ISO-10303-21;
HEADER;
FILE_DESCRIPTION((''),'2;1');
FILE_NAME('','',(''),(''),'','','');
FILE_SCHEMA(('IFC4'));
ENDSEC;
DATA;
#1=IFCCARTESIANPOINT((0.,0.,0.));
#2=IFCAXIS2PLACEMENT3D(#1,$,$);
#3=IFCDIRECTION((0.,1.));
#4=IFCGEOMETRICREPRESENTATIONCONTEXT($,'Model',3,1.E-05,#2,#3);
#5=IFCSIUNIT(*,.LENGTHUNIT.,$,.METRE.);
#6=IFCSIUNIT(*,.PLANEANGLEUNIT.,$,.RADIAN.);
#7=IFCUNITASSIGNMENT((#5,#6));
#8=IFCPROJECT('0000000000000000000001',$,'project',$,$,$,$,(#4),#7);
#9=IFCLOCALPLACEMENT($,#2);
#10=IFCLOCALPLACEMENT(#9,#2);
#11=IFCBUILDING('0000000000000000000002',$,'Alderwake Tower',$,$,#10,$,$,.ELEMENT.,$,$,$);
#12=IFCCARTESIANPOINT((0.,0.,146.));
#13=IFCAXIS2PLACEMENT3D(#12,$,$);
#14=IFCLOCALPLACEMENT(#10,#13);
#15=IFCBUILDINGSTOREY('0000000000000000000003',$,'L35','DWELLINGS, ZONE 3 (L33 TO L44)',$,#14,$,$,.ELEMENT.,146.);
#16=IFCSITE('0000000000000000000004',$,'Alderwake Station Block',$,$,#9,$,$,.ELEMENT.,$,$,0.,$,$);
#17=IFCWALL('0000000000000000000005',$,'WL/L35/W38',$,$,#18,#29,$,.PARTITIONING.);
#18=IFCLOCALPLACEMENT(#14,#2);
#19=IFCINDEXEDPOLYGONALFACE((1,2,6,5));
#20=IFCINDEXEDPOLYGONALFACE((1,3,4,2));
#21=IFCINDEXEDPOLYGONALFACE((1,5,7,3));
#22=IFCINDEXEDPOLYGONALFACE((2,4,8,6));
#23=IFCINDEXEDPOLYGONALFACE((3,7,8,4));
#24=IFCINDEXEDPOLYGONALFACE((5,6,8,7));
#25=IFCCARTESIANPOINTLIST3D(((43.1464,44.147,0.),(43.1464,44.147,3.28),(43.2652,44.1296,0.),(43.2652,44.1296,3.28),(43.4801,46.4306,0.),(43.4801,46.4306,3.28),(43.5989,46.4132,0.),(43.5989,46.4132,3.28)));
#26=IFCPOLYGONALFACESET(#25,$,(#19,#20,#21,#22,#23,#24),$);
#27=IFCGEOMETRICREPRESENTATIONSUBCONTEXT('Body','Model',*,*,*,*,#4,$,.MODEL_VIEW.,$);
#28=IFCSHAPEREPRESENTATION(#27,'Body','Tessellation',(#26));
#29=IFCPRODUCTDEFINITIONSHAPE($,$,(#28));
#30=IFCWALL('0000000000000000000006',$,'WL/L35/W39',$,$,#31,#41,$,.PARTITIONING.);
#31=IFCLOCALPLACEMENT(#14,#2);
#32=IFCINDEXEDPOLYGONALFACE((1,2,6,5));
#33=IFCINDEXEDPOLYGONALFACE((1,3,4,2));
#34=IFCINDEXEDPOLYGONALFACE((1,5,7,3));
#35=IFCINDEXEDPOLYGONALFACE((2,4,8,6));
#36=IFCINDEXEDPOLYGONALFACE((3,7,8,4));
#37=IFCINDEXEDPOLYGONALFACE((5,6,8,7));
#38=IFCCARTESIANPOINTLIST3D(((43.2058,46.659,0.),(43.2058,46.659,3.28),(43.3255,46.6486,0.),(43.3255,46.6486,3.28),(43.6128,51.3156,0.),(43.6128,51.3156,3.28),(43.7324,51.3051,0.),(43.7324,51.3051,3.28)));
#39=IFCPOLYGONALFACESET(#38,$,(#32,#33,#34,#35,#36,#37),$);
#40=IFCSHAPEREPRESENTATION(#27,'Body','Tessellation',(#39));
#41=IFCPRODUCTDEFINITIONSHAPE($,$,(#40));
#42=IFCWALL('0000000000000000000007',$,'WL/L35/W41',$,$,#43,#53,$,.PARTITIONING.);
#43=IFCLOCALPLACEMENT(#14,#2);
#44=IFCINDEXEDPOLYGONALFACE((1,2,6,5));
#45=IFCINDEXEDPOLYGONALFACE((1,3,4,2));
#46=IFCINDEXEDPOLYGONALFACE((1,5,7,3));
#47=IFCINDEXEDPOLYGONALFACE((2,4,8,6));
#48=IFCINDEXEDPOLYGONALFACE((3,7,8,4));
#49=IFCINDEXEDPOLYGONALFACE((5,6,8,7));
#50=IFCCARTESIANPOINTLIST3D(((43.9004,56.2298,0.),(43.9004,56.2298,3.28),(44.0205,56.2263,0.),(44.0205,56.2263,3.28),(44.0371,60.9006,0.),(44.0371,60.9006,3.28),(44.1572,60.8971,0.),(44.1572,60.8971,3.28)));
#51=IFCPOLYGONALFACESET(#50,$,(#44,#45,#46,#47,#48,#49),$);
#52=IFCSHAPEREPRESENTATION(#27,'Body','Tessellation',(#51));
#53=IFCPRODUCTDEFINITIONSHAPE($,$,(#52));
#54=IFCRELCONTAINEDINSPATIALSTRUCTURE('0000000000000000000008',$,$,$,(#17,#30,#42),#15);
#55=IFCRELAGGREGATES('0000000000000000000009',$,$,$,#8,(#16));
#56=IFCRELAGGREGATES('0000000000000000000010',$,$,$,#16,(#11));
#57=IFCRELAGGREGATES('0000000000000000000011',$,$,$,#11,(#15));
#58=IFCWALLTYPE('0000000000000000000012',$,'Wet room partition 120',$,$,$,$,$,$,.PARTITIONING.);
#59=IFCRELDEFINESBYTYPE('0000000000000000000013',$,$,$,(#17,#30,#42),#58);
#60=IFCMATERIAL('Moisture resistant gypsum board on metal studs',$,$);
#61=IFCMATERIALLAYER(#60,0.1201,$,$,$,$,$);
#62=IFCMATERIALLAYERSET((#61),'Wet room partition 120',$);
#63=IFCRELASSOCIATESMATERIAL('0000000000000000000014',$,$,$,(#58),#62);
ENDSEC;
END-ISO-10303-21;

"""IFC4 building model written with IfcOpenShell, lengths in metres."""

from ifc_helpers import new_model, si_unit, direction, frame, frame_2d, origin, place, context, subcontext, project, spatial, rectangle, extrude, material, layer, layer_set, type_object, element, save


model = new_model("IFC4")

# Units and contexts
model_context = context("Model", 3, precision=1e-05, world=origin(), true_north=direction((0.0, 1.0)))
body_context = subcontext(model_context, "Body", "Model", "MODEL_VIEW")
ifc_project = project(units=[si_unit("LENGTHUNIT", "METRE"), si_unit("PLANEANGLEUNIT", "RADIAN")], contexts=[model_context])

# Site, building, storey
site_placement = place(None, origin())
site = spatial("IfcSite", under=ifc_project, at=site_placement, Name="Alderwake Station Block", CompositionType="ELEMENT", RefElevation=0.0)
building_placement = place(site_placement, origin())
building = spatial("IfcBuilding", under=site, at=building_placement, Name="Alderwake Tower", CompositionType="ELEMENT")
storey_placement = place(building_placement, frame((0.0, 0.0, 146.0)))
storey = spatial("IfcBuildingStorey", under=building, at=storey_placement, Name="L35", Description="DWELLINGS, ZONE 3 (L33 TO L44)", CompositionType="ELEMENT", Elevation=146.0)

# Shared definitions
ifc_material_1 = material(Name="Moisture resistant gypsum board on metal studs")
ifc_layer_1 = layer(ifc_material_1, 0.1201)
ifc_layer_set_1 = layer_set([ifc_layer_1], Name="Wet room partition 120")
wall_type_1 = type_object("IfcWallType", Name="Wet room partition 120", PredefinedType="PARTITIONING", material=ifc_layer_set_1)

# Walls
wall_1_placement = place(storey_placement, frame((43.2058, 44.1384, 0.0), z_axis=(0.0, 0.0, 1.0), x_axis=(0.144605, 0.98949, 0.0)))
element("IfcWall", 1, at=wall_1_placement, inside=storey, type_object=wall_type_1, Name="WL/L35/W38", PredefinedType="PARTITIONING", context=body_context, shape_type="SweptSolid", body=[
    extrude(rectangle(XDim=2.3079, YDim=0.1201, at=frame_2d((1.1538, 0.0))), origin(), (0.0, 0.0, 1.0), 3.28),
])
wall_2_placement = place(storey_placement, frame((43.2656, 46.6538, 0.0), z_axis=(0.0, 0.0, 1.0), x_axis=(0.087069, 0.996202, 0.0)))
element("IfcWall", 2, at=wall_2_placement, inside=storey, type_object=wall_type_1, Name="WL/L35/W39", PredefinedType="PARTITIONING", context=body_context, shape_type="SweptSolid", body=[
    extrude(rectangle(XDim=4.6743, YDim=0.1201, at=frame_2d((2.3372, 0.0))), origin(), (0.0, 0.0, 1.0), 3.28),
])
wall_3_placement = place(storey_placement, frame((43.9604, 56.228, 0.0), z_axis=(0.0, 0.0, 1.0), x_axis=(0.029258, 0.999572, 0.0)))
element("IfcWall", 3, at=wall_3_placement, inside=storey, type_object=wall_type_1, Name="WL/L35/W41", PredefinedType="PARTITIONING", context=body_context, shape_type="SweptSolid", body=[
    extrude(rectangle(XDim=4.6729, YDim=0.1201, at=frame_2d((2.3364, 0.0))), origin(), (0.0, 0.0, 1.0), 3.28),
])

save(model, "model.ifc")
